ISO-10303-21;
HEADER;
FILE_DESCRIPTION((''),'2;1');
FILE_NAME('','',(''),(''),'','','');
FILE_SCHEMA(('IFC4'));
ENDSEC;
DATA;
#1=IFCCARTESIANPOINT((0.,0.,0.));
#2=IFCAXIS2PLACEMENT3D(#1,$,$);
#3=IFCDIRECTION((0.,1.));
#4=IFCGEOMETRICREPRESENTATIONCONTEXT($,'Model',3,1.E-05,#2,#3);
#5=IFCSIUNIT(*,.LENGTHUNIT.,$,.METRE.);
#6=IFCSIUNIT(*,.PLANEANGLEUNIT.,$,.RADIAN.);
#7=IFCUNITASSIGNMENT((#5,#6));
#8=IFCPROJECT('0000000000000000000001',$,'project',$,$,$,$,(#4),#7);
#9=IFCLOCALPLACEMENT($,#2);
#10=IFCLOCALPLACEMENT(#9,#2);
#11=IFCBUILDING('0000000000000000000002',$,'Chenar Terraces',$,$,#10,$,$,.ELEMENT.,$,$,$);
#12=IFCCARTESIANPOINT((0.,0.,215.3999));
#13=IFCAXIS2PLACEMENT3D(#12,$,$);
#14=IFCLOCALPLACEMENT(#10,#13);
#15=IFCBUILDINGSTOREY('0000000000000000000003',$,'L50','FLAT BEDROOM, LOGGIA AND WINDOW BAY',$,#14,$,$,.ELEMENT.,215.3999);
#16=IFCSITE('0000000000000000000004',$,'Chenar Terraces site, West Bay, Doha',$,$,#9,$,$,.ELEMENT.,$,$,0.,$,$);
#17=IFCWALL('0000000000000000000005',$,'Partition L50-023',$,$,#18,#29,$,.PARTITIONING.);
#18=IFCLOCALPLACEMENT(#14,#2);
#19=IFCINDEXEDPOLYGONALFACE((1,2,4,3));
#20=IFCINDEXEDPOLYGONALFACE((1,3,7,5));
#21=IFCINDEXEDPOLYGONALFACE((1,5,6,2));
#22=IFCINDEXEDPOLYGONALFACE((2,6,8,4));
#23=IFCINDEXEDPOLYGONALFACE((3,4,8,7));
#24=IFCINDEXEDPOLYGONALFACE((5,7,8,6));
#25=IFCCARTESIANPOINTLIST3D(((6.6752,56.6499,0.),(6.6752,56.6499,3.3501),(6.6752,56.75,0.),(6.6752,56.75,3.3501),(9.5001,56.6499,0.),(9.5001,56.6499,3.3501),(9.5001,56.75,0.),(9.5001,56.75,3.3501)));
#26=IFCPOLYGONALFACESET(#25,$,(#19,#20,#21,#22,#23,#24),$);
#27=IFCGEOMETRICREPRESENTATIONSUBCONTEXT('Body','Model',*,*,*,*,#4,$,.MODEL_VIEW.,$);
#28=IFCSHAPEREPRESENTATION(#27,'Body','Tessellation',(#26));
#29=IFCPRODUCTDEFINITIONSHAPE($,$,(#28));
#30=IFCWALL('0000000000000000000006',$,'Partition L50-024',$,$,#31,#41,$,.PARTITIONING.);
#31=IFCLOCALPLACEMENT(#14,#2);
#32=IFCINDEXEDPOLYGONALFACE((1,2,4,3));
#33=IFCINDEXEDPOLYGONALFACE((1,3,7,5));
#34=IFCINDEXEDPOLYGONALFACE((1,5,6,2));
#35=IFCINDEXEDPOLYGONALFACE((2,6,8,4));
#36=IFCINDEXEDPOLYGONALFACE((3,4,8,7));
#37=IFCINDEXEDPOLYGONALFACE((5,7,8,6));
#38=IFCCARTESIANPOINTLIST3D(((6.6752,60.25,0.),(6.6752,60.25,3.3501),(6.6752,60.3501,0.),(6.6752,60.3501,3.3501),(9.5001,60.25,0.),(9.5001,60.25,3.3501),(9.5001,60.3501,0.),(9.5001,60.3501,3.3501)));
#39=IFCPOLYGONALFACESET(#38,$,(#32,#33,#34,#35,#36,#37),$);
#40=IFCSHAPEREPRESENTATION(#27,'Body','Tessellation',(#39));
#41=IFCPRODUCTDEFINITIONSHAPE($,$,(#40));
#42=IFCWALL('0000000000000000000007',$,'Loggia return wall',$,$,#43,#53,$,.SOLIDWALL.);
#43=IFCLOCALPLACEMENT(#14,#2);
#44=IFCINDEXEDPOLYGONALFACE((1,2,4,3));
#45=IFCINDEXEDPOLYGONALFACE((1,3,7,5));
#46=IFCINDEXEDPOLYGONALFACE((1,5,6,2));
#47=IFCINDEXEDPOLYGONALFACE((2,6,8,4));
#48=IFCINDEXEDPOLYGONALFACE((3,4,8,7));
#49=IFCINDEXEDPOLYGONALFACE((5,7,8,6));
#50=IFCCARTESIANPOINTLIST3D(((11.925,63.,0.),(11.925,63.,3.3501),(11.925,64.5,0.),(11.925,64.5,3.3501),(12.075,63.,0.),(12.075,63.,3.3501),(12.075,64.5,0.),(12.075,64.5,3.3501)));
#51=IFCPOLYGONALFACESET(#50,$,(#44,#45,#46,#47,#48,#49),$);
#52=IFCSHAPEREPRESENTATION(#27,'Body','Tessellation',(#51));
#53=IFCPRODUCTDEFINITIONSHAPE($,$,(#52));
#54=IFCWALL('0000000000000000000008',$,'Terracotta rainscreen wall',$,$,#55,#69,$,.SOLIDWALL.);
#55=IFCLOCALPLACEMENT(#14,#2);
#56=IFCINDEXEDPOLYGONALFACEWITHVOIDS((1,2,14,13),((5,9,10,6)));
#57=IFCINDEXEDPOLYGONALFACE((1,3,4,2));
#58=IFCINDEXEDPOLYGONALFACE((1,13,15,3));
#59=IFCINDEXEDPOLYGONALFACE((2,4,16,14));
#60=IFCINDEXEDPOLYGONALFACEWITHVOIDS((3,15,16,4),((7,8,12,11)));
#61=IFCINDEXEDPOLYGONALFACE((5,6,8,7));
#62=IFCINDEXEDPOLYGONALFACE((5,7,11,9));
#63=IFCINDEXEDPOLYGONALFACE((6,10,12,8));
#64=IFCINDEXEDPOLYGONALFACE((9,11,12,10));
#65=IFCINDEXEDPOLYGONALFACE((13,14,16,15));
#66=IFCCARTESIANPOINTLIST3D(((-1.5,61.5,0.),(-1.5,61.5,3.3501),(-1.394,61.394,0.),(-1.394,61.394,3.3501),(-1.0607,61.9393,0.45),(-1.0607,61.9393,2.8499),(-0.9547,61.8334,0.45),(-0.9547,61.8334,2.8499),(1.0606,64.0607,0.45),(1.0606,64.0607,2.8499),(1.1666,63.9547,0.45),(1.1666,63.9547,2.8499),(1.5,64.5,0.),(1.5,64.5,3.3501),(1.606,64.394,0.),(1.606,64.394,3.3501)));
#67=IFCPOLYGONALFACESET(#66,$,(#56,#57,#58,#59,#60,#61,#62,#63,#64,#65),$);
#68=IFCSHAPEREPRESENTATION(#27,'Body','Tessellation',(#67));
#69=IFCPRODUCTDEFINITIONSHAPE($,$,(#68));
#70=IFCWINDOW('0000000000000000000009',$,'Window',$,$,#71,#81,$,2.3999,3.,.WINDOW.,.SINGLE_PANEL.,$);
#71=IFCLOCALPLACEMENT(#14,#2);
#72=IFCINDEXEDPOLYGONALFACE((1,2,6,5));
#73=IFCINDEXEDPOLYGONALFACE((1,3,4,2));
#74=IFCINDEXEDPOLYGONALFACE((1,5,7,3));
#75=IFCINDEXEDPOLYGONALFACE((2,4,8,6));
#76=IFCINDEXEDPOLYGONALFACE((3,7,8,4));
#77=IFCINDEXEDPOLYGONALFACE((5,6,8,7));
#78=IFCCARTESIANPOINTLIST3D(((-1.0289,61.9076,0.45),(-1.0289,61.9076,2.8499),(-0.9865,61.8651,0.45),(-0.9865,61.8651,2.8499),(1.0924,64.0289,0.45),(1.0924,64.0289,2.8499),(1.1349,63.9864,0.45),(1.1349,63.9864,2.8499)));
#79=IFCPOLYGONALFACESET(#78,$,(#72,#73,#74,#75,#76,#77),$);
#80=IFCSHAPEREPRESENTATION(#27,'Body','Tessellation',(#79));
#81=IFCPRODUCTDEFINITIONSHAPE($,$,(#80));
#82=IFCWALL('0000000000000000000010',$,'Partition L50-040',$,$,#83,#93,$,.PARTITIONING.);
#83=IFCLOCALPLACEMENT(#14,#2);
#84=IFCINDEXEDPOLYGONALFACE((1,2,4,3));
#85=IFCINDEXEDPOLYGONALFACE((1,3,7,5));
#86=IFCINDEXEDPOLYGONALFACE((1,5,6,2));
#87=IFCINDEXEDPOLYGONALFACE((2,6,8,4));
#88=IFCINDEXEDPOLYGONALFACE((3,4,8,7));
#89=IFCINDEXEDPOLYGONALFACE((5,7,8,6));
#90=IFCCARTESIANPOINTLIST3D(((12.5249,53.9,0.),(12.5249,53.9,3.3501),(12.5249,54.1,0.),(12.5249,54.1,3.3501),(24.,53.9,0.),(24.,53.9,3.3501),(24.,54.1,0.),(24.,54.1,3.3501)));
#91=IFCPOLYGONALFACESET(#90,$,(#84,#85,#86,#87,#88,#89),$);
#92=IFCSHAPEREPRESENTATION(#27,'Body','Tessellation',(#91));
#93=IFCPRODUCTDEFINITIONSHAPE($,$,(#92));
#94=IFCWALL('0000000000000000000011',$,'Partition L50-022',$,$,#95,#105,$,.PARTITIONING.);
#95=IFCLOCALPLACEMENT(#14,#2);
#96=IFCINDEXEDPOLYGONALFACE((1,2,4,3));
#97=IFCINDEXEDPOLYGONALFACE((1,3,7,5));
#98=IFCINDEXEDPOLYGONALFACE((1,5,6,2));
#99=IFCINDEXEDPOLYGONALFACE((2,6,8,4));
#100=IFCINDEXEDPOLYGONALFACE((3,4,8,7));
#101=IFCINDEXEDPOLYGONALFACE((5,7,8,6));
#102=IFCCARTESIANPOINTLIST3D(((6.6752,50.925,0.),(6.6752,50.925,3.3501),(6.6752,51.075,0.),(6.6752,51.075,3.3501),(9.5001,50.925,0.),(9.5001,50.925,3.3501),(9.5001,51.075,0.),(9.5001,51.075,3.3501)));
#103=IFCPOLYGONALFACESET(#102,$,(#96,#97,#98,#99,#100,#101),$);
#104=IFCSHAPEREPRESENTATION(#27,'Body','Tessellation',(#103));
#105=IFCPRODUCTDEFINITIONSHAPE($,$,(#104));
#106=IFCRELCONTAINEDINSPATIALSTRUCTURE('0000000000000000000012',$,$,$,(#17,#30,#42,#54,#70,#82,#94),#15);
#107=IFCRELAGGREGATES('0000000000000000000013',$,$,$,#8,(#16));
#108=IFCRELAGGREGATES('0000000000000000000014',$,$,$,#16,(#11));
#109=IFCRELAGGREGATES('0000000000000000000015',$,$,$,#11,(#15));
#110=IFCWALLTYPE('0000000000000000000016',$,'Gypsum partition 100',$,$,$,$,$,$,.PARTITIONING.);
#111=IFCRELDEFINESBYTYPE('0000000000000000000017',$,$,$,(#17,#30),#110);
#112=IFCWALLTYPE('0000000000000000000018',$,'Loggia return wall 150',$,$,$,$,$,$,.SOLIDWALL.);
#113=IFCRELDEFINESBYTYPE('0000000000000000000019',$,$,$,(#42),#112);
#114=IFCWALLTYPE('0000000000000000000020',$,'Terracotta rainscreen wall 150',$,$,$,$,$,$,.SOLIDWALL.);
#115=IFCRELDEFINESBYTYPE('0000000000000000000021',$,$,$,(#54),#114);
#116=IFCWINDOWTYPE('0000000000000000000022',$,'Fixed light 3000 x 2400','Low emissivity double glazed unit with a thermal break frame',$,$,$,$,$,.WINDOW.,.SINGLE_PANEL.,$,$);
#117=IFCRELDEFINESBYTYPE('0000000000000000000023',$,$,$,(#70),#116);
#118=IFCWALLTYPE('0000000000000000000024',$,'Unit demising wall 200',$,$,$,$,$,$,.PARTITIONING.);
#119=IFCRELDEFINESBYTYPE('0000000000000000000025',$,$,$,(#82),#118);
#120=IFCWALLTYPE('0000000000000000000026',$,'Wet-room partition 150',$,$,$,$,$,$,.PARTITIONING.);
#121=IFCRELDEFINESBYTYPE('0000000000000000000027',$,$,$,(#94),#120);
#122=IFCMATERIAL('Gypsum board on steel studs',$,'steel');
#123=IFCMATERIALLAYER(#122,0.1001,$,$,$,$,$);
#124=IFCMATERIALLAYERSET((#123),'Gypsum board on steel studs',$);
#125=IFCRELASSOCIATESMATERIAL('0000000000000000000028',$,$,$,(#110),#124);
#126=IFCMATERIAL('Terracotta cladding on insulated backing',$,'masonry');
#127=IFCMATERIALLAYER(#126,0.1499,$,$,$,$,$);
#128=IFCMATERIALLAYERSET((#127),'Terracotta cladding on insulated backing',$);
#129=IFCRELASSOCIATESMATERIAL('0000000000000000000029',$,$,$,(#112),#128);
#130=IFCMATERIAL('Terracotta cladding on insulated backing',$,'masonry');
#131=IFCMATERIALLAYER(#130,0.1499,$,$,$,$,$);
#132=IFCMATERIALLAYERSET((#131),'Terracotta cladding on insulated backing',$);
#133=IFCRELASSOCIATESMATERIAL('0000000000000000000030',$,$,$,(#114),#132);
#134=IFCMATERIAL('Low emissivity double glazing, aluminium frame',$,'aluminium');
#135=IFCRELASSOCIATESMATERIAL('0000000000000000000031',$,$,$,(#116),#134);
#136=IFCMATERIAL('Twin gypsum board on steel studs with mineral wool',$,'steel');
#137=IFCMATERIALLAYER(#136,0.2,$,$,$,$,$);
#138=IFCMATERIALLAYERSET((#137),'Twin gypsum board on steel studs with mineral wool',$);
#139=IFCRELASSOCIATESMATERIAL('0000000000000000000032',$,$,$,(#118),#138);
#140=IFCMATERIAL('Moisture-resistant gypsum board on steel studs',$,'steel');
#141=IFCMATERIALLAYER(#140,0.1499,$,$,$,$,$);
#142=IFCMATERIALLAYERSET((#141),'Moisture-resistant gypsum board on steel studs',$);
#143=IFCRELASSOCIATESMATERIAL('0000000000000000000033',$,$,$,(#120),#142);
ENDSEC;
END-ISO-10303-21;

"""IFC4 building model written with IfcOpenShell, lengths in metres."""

from ifc_helpers import new_model, si_unit, direction, frame, frame_2d, origin, place, context, subcontext, project, spatial, rectangle, extrude, material, layer, layer_set, type_object, element, fill, save


model = new_model("IFC4")

# Units and contexts
model_context = context("Model", 3, precision=1e-05, world=origin(), true_north=direction((0.0, 1.0)))
body_context = subcontext(model_context, "Body", "Model", "MODEL_VIEW")
ifc_project = project(units=[si_unit("LENGTHUNIT", "METRE"), si_unit("PLANEANGLEUNIT", "RADIAN")], contexts=[model_context])

# Site, building, storey
site_placement = place(None, origin())
site = spatial("IfcSite", under=ifc_project, at=site_placement, Name="Chenar Terraces site, West Bay, Doha", CompositionType="ELEMENT", RefElevation=0.0)
building_placement = place(site_placement, origin())
building = spatial("IfcBuilding", under=site, at=building_placement, Name="Chenar Terraces", CompositionType="ELEMENT")
storey_placement = place(building_placement, frame((0.0, 0.0, 215.3999)))
storey = spatial("IfcBuildingStorey", under=building, at=storey_placement, Name="L50", Description="FLAT BEDROOM, LOGGIA AND WINDOW BAY", CompositionType="ELEMENT", Elevation=215.3999)

# Walls
ifc_material_1 = material(Name="Gypsum board on steel studs", Category="steel")
ifc_layer_1 = layer(ifc_material_1, 0.1001)
ifc_layer_set_1 = layer_set([ifc_layer_1], Name="Gypsum board on steel studs")
wall_type_1 = type_object("IfcWallType", Name="Gypsum partition 100", PredefinedType="PARTITIONING", material=ifc_layer_set_1)
for number, where, z_axis, x_axis, name in (
    (1, (6.675, 56.7, 0.0), (0.0, 0.0, 1.0), (1.0, 0.0, 0.0), "Partition L50-023"),
    (2, (6.675, 60.3, 0.0), (0.0, 0.0, 1.0), (1.0, 0.0, 0.0), "Partition L50-024"),
):
    element("IfcWall", number, at=place(storey_placement, frame(where, z_axis=z_axis, x_axis=x_axis)), inside=storey, type_object=wall_type_1, Name=name, PredefinedType="PARTITIONING", context=body_context, shape_type="SweptSolid", body=[
        extrude(rectangle(XDim=2.825, YDim=0.1001, at=frame_2d((1.4126, 0.0))), origin(), (0.0, 0.0, 1.0), 3.3501),
    ])
ifc_material_2 = material(Name="Terracotta cladding on insulated backing", Category="masonry")
ifc_layer_2 = layer(ifc_material_2, 0.1499)
ifc_layer_set_2 = layer_set([ifc_layer_2], Name="Terracotta cladding on insulated backing")
wall_type_2 = type_object("IfcWallType", Name="Loggia return wall 150", PredefinedType="SOLIDWALL", material=ifc_layer_set_2)
wall_1_placement = place(storey_placement, frame((12.0, 64.5, 0.0), z_axis=(0.0, 0.0, 1.0), x_axis=(0.0, -1.0, 0.0)))
element("IfcWall", 3, at=wall_1_placement, inside=storey, type_object=wall_type_2, Name="Loggia return wall", PredefinedType="SOLIDWALL", context=body_context, shape_type="SweptSolid", body=[
    extrude(rectangle(XDim=1.5, YDim=0.1499, at=frame_2d((0.75, 0.0))), origin(), (0.0, 0.0, 1.0), 3.3501),
])

# Wall, opening, window
ifc_material_3 = material(Name="Terracotta cladding on insulated backing", Category="masonry")
ifc_layer_3 = layer(ifc_material_3, 0.1499)
ifc_layer_set_3 = layer_set([ifc_layer_3], Name="Terracotta cladding on insulated backing")
wall_type_3 = type_object("IfcWallType", Name="Terracotta rainscreen wall 150", PredefinedType="SOLIDWALL", material=ifc_layer_set_3)
wall_2_placement = place(storey_placement, frame((1.553, 64.447, 0.0), z_axis=(0.0, 0.0, 1.0), x_axis=(-0.707107, -0.707107, 0.0)))
wall_2 = element("IfcWall", 4, at=wall_2_placement, inside=storey, type_object=wall_type_3, Name="Terracotta rainscreen wall", PredefinedType="SOLIDWALL", context=body_context, shape_type="SweptSolid", body=[
    extrude(rectangle(XDim=4.2427, YDim=0.1499, at=frame_2d((2.1213, 0.0))), origin(), (0.0, 0.0, 1.0), 3.3501),
])
opening_1_placement = place(wall_2_placement, frame((0.6213, 0.0, 0.45)))
opening_1 = element("IfcOpeningElement", 5, at=opening_1_placement, cuts=wall_2, PredefinedType="OPENING", context=body_context, shape_type="SweptSolid", body=[
    extrude(rectangle(XDim=3.0, YDim=2.3999, at=frame_2d((1.5, 1.2))), frame((0.0, 0.085, 0.0), z_axis=(0.0, -1.0, 0.0), x_axis=(1.0, 0.0, 0.0)), (0.0, 0.0, 1.0), 0.1699),
])
ifc_material_4 = material(Name="Low emissivity double glazing, aluminium frame", Category="aluminium")
window_type_1 = type_object("IfcWindowType", Name="Fixed light 3000 x 2400", Description="Low emissivity double glazed unit with a thermal break frame", PartitioningType="SINGLE_PANEL", PredefinedType="WINDOW", material=ifc_material_4)
window_1_placement = place(opening_1_placement, origin())
window_1 = element("IfcWindow", 6, at=window_1_placement, inside=storey, type_object=window_type_1, Name="Window", OverallHeight=2.3999, OverallWidth=3.0, PartitioningType="SINGLE_PANEL", PredefinedType="WINDOW", context=body_context, shape_type="SweptSolid", body=[
    extrude(rectangle(XDim=3.0, YDim=2.3999, at=frame_2d((1.5, 1.2))), frame((0.0, 0.03, 0.0), z_axis=(0.0, -1.0, 0.0), x_axis=(1.0, 0.0, 0.0)), (0.0, 0.0, 1.0), 0.0601),
])
fill(opening_1, window_1)

# Walls
ifc_material_5 = material(Name="Twin gypsum board on steel studs with mineral wool", Category="steel")
ifc_layer_4 = layer(ifc_material_5, 0.2)
ifc_layer_set_4 = layer_set([ifc_layer_4], Name="Twin gypsum board on steel studs with mineral wool")
wall_type_4 = type_object("IfcWallType", Name="Unit demising wall 200", PredefinedType="PARTITIONING", material=ifc_layer_set_4)
wall_3_placement = place(storey_placement, frame((12.5249, 54.0, 0.0), z_axis=(0.0, 0.0, 1.0), x_axis=(1.0, 0.0, 0.0)))
element("IfcWall", 7, at=wall_3_placement, inside=storey, type_object=wall_type_4, Name="Partition L50-040", PredefinedType="PARTITIONING", context=body_context, shape_type="SweptSolid", body=[
    extrude(rectangle(XDim=11.4751, YDim=0.2, at=frame_2d((5.7375, 0.0))), origin(), (0.0, 0.0, 1.0), 3.3501),
])
ifc_material_6 = material(Name="Moisture-resistant gypsum board on steel studs", Category="steel")
ifc_layer_5 = layer(ifc_material_6, 0.1499)
ifc_layer_set_5 = layer_set([ifc_layer_5], Name="Moisture-resistant gypsum board on steel studs")
wall_type_5 = type_object("IfcWallType", Name="Wet-room partition 150", PredefinedType="PARTITIONING", material=ifc_layer_set_5)
wall_4_placement = place(storey_placement, frame((6.675, 51.0, 0.0), z_axis=(0.0, 0.0, 1.0), x_axis=(1.0, 0.0, 0.0)))
element("IfcWall", 8, at=wall_4_placement, inside=storey, type_object=wall_type_5, Name="Partition L50-022", PredefinedType="PARTITIONING", context=body_context, shape_type="SweptSolid", body=[
    extrude(rectangle(XDim=2.825, YDim=0.1499, at=frame_2d((1.4126, 0.0))), origin(), (0.0, 0.0, 1.0), 3.3501),
])

save(model, "model.ifc")
